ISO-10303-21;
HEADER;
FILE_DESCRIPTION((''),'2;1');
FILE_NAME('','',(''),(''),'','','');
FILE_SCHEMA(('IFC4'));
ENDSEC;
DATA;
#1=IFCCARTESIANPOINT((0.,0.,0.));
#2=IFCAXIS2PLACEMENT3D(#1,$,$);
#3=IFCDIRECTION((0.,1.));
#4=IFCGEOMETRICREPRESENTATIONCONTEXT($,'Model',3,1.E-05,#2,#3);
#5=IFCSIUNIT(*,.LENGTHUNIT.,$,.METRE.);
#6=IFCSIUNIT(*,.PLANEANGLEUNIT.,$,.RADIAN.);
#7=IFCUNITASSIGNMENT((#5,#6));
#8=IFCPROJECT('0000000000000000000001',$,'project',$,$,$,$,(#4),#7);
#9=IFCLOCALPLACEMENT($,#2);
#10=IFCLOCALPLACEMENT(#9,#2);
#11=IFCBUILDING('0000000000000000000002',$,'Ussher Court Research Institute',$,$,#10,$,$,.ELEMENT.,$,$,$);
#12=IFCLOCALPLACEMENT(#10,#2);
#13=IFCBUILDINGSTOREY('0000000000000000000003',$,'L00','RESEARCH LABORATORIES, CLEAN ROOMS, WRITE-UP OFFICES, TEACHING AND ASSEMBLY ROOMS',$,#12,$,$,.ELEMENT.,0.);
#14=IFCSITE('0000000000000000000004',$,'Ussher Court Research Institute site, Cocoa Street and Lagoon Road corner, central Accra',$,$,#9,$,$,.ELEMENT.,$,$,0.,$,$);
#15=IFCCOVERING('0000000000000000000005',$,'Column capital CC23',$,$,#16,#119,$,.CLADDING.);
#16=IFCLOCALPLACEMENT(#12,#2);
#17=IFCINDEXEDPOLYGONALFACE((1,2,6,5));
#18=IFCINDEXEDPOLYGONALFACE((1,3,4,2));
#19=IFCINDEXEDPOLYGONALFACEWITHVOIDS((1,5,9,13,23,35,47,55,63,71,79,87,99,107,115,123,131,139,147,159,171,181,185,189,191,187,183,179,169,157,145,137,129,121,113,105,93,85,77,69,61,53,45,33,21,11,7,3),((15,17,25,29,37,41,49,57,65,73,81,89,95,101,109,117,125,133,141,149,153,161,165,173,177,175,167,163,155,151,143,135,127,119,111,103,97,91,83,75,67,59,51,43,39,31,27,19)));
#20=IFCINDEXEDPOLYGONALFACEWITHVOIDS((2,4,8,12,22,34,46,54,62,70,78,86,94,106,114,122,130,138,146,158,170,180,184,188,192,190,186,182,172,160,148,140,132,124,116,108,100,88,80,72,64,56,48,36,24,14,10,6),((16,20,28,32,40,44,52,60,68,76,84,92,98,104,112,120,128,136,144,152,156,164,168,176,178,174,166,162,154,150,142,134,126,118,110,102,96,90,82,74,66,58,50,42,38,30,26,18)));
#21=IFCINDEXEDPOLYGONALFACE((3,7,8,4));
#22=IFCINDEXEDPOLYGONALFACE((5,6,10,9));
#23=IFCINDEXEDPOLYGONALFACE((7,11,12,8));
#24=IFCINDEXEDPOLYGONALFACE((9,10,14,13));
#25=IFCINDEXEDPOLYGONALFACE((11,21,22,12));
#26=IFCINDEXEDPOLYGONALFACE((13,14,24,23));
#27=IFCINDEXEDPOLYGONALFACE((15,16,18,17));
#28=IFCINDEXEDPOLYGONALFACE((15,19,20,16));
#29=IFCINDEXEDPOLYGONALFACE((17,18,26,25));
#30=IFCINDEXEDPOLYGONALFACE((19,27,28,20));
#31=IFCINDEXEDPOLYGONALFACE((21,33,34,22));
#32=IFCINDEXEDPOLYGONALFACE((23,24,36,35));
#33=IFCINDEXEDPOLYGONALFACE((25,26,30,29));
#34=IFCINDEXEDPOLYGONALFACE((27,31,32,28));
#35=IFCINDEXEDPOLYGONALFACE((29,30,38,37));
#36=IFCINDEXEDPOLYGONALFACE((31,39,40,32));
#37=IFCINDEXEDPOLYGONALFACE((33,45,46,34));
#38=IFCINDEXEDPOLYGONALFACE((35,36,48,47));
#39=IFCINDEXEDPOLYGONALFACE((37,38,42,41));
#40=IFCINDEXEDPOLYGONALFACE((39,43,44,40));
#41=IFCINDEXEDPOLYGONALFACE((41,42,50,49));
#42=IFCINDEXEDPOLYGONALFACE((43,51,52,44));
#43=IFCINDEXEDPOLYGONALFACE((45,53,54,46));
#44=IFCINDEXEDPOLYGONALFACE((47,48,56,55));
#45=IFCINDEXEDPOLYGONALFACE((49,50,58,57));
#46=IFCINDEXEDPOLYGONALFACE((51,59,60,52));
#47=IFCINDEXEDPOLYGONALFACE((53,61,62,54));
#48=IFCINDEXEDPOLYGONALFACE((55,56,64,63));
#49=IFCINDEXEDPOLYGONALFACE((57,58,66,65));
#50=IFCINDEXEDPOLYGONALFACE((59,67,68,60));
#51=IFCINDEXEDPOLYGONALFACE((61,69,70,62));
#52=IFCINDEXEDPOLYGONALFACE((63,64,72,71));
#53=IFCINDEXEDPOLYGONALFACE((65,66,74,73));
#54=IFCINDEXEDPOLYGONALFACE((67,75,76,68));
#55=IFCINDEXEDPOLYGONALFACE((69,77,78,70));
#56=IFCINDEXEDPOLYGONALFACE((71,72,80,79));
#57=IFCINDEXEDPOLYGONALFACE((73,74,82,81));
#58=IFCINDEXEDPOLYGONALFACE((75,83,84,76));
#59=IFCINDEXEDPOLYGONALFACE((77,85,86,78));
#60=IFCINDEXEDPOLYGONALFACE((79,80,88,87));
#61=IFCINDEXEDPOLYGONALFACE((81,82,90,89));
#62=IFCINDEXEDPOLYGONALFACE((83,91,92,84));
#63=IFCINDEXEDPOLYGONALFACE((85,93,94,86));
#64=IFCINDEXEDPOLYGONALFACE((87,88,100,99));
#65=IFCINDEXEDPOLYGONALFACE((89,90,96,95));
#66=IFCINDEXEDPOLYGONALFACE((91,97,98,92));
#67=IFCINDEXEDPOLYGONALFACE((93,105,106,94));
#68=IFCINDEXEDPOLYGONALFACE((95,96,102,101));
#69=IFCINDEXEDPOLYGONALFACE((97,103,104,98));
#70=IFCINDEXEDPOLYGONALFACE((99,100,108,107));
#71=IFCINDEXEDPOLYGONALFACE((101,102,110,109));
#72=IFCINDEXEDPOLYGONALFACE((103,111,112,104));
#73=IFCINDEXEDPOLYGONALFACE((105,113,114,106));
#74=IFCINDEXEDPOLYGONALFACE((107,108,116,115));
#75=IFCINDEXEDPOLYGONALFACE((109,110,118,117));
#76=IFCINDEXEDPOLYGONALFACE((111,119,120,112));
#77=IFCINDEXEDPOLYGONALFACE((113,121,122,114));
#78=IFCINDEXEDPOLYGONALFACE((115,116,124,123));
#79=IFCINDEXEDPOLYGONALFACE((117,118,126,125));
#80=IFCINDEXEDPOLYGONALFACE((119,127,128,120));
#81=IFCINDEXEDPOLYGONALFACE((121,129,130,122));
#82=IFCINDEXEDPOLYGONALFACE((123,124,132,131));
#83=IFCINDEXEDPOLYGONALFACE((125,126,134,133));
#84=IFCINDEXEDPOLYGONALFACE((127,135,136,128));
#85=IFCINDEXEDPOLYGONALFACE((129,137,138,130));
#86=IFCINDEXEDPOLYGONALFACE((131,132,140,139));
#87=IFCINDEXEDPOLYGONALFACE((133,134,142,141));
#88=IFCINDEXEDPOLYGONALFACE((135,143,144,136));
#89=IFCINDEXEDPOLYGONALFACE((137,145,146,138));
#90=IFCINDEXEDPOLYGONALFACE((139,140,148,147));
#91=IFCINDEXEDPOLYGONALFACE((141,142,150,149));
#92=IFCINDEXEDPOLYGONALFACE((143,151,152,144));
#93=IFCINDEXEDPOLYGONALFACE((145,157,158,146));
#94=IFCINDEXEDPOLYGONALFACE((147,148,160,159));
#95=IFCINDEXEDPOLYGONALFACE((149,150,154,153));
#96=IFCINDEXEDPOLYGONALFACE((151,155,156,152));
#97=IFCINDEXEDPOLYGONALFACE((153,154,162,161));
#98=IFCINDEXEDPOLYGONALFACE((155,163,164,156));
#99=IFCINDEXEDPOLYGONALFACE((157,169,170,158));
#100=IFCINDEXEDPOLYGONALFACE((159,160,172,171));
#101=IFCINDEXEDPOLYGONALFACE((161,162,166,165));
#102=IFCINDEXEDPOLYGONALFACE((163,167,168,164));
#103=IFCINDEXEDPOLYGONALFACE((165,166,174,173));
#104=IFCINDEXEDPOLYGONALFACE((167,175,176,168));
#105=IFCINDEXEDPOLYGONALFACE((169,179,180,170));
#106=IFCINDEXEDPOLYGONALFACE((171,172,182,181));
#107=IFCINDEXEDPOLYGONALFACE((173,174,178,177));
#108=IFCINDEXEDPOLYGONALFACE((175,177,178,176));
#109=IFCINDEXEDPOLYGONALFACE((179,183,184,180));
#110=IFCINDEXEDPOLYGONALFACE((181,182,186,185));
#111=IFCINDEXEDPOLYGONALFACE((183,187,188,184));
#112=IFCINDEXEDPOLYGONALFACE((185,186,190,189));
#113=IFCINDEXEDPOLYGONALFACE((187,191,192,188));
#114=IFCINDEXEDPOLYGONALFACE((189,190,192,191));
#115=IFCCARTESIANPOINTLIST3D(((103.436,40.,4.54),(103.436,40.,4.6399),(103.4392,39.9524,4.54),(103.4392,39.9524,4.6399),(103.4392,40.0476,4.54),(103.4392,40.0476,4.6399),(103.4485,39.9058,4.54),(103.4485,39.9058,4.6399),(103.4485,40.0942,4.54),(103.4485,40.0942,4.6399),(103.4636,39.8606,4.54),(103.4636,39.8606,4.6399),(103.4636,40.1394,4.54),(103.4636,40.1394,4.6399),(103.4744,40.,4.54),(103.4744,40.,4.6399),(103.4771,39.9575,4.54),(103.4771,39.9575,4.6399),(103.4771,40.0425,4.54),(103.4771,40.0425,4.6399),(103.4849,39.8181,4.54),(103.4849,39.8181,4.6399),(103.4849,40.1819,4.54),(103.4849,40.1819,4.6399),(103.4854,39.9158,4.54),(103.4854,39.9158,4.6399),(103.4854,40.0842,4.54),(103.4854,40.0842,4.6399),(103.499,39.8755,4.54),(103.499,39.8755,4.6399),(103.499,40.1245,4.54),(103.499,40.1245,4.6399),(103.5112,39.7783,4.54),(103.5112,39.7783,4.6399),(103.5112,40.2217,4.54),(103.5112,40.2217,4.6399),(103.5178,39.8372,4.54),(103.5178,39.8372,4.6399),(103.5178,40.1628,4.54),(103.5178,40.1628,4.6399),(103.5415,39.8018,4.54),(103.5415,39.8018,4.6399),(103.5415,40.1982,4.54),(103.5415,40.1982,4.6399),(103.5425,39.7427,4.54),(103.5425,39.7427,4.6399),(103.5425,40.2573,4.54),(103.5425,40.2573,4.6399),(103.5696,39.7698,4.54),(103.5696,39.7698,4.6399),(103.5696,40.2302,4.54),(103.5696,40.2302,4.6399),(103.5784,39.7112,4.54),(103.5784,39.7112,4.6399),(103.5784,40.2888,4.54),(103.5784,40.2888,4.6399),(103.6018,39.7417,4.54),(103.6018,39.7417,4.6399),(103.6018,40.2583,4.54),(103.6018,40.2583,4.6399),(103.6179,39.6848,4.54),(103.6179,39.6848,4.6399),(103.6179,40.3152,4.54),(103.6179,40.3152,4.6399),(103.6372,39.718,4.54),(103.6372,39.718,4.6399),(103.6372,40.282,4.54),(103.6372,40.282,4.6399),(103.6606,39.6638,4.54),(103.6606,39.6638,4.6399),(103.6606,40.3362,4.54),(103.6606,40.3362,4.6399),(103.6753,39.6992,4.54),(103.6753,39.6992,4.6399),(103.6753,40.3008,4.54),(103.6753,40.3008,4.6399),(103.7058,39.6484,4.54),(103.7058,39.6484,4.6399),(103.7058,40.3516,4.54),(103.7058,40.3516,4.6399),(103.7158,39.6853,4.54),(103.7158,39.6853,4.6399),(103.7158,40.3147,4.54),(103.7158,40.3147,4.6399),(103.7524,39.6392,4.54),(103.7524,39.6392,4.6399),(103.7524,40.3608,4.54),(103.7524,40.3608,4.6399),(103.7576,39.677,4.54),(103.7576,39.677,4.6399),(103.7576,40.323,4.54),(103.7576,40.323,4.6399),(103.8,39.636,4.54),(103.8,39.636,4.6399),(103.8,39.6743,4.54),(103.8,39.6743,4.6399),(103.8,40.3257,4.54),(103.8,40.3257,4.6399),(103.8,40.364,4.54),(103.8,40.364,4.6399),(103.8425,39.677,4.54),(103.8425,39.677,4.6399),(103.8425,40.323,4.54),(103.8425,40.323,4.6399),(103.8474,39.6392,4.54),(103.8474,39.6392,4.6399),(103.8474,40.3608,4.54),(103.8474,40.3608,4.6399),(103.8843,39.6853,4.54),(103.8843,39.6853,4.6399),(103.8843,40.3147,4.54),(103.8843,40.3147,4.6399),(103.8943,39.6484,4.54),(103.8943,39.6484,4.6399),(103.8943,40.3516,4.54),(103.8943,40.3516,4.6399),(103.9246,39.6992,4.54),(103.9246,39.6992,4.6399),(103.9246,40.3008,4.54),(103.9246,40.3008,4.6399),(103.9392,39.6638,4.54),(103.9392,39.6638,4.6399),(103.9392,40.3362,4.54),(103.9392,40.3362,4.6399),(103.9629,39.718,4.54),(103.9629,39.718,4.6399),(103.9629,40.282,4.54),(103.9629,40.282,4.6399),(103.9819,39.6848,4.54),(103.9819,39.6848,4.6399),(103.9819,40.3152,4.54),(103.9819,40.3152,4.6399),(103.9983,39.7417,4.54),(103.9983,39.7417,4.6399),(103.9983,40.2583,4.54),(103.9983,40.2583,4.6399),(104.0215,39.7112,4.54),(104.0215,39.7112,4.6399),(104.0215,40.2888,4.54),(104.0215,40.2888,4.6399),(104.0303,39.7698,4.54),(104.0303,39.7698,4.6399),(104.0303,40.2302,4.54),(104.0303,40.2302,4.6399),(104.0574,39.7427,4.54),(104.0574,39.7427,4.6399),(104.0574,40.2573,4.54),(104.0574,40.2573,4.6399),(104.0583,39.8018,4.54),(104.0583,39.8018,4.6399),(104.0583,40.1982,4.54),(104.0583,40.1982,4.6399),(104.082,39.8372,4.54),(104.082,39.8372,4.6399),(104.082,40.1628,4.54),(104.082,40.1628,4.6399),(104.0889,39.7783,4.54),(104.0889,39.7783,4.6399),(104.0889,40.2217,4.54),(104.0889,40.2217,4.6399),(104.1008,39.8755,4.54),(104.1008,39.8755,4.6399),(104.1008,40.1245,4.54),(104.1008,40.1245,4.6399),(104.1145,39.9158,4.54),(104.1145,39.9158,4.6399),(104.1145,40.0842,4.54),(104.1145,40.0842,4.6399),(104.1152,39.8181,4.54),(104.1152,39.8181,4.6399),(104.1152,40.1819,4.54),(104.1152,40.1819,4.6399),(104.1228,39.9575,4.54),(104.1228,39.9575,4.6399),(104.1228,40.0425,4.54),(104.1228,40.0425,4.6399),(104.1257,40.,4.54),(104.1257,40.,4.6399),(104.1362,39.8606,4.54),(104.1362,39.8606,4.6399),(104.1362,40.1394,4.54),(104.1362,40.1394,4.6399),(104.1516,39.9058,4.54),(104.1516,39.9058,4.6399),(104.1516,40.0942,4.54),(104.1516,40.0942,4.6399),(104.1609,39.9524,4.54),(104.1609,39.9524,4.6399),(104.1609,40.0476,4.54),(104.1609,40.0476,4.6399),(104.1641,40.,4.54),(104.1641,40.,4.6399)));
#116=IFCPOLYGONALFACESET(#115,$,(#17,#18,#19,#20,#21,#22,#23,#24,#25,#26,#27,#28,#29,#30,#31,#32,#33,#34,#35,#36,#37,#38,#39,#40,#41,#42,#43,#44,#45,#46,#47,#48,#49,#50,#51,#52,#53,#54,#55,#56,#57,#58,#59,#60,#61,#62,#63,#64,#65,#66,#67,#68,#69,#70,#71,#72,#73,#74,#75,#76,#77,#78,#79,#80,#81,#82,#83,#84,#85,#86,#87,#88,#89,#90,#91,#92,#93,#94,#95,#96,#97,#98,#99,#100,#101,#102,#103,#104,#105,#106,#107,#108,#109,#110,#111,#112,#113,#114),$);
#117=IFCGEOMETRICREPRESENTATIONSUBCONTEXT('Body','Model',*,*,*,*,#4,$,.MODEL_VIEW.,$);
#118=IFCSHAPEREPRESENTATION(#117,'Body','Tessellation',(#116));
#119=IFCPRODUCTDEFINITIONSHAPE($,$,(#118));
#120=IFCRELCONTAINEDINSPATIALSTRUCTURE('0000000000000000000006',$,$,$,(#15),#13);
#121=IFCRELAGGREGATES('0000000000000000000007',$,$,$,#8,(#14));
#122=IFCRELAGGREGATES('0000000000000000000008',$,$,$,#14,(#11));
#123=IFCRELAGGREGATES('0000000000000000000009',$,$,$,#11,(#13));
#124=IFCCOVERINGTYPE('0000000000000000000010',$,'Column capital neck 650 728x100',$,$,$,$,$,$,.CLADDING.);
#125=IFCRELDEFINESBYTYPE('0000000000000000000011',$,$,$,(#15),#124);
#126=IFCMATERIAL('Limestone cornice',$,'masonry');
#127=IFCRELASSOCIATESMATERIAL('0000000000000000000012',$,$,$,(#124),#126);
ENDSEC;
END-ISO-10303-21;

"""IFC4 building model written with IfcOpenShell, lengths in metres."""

from ifc_helpers import new_model, si_unit, direction, frame, origin, place, context, subcontext, project, spatial, polyline, outline, extrude, material, type_object, element, save


model = new_model("IFC4")

# Units and contexts
model_context = context("Model", 3, precision=1e-05, world=origin(), true_north=direction((0.0, 1.0)))
body_context = subcontext(model_context, "Body", "Model", "MODEL_VIEW")
ifc_project = project(units=[si_unit("LENGTHUNIT", "METRE"), si_unit("PLANEANGLEUNIT", "RADIAN")], contexts=[model_context])

# Site, building, storey
site_placement = place(None, origin())
site = spatial("IfcSite", under=ifc_project, at=site_placement, Name="Ussher Court Research Institute site, Cocoa Street and Lagoon Road corner, central Accra", CompositionType="ELEMENT", RefElevation=0.0)
building_placement = place(site_placement, origin())
building = spatial("IfcBuilding", under=site, at=building_placement, Name="Ussher Court Research Institute", CompositionType="ELEMENT")
storey_placement = place(building_placement, origin())
storey = spatial("IfcBuildingStorey", under=building, at=storey_placement, Name="L00", Description="RESEARCH LABORATORIES, CLEAN ROOMS, WRITE-UP OFFICES, TEACHING AND ASSEMBLY ROOMS", CompositionType="ELEMENT", Elevation=0.0)

# Covering
ifc_material_1 = material(Name="Limestone cornice", Category="masonry")
covering_type_1 = type_object("IfcCoveringType", Name="Column capital neck 650 728x100", PredefinedType="CLADDING", material=ifc_material_1)
covering_1_placement = place(storey_placement, frame((0.0, 0.0, 4.54)))
element("IfcCovering", 1, at=covering_1_placement, inside=storey, type_object=covering_type_1, Name="Column capital CC23", PredefinedType="CLADDING", context=body_context, shape_type="SweptSolid", body=[
    extrude(outline(polyline([(104.1641, 40.0), (104.1609, 40.0476), (104.1516, 40.0942), (104.1362, 40.1394), (104.1152, 40.1819), (104.0889, 40.2217), (104.0574, 40.2573), (104.0215, 40.2888), (103.9819, 40.3152), (103.9392, 40.3362), (103.8943, 40.3516), (103.8474, 40.3608), (103.8, 40.364), (103.7524, 40.3608), (103.7058, 40.3516), (103.6606, 40.3362), (103.6179, 40.3152), (103.5784, 40.2888), (103.5425, 40.2573), (103.5112, 40.2217), (103.4849, 40.1819), (103.4636, 40.1394), (103.4485, 40.0942), (103.4392, 40.0476), (103.436, 40.0), (103.4392, 39.9524), (103.4485, 39.9058), (103.4636, 39.8606), (103.4849, 39.8181), (103.5112, 39.7783), (103.5425, 39.7427), (103.5784, 39.7112), (103.6179, 39.6848), (103.6606, 39.6638), (103.7058, 39.6484), (103.7524, 39.6392), (103.8, 39.636), (103.8474, 39.6392), (103.8943, 39.6484), (103.9392, 39.6638), (103.9819, 39.6848), (104.0215, 39.7112), (104.0574, 39.7427), (104.0889, 39.7783), (104.1152, 39.8181), (104.1362, 39.8606), (104.1516, 39.9058), (104.1609, 39.9524), (104.1641, 40.0)]), holes=[polyline([(104.1257, 40.0), (104.1228, 40.0425), (104.1145, 40.0842), (104.1008, 40.1245), (104.082, 40.1628), (104.0583, 40.1982), (104.0303, 40.2302), (103.9983, 40.2583), (103.9629, 40.282), (103.9246, 40.3008), (103.8843, 40.3147), (103.8425, 40.323), (103.8, 40.3257), (103.7576, 40.323), (103.7158, 40.3147), (103.6753, 40.3008), (103.6372, 40.282), (103.6018, 40.2583), (103.5696, 40.2302), (103.5415, 40.1982), (103.5178, 40.1628), (103.499, 40.1245), (103.4854, 40.0842), (103.4771, 40.0425), (103.4744, 40.0), (103.4771, 39.9575), (103.4854, 39.9158), (103.499, 39.8755), (103.5178, 39.8372), (103.5415, 39.8018), (103.5696, 39.7698), (103.6018, 39.7417), (103.6372, 39.718), (103.6753, 39.6992), (103.7158, 39.6853), (103.7576, 39.677), (103.8, 39.6743), (103.8425, 39.677), (103.8843, 39.6853), (103.9246, 39.6992), (103.9629, 39.718), (103.9983, 39.7417), (104.0303, 39.7698), (104.0583, 39.8018), (104.082, 39.8372), (104.1008, 39.8755), (104.1145, 39.9158), (104.1228, 39.9575), (104.1257, 40.0)])]), origin(), (0.0, 0.0, 1.0), 0.0999),
])

save(model, "model.ifc")
